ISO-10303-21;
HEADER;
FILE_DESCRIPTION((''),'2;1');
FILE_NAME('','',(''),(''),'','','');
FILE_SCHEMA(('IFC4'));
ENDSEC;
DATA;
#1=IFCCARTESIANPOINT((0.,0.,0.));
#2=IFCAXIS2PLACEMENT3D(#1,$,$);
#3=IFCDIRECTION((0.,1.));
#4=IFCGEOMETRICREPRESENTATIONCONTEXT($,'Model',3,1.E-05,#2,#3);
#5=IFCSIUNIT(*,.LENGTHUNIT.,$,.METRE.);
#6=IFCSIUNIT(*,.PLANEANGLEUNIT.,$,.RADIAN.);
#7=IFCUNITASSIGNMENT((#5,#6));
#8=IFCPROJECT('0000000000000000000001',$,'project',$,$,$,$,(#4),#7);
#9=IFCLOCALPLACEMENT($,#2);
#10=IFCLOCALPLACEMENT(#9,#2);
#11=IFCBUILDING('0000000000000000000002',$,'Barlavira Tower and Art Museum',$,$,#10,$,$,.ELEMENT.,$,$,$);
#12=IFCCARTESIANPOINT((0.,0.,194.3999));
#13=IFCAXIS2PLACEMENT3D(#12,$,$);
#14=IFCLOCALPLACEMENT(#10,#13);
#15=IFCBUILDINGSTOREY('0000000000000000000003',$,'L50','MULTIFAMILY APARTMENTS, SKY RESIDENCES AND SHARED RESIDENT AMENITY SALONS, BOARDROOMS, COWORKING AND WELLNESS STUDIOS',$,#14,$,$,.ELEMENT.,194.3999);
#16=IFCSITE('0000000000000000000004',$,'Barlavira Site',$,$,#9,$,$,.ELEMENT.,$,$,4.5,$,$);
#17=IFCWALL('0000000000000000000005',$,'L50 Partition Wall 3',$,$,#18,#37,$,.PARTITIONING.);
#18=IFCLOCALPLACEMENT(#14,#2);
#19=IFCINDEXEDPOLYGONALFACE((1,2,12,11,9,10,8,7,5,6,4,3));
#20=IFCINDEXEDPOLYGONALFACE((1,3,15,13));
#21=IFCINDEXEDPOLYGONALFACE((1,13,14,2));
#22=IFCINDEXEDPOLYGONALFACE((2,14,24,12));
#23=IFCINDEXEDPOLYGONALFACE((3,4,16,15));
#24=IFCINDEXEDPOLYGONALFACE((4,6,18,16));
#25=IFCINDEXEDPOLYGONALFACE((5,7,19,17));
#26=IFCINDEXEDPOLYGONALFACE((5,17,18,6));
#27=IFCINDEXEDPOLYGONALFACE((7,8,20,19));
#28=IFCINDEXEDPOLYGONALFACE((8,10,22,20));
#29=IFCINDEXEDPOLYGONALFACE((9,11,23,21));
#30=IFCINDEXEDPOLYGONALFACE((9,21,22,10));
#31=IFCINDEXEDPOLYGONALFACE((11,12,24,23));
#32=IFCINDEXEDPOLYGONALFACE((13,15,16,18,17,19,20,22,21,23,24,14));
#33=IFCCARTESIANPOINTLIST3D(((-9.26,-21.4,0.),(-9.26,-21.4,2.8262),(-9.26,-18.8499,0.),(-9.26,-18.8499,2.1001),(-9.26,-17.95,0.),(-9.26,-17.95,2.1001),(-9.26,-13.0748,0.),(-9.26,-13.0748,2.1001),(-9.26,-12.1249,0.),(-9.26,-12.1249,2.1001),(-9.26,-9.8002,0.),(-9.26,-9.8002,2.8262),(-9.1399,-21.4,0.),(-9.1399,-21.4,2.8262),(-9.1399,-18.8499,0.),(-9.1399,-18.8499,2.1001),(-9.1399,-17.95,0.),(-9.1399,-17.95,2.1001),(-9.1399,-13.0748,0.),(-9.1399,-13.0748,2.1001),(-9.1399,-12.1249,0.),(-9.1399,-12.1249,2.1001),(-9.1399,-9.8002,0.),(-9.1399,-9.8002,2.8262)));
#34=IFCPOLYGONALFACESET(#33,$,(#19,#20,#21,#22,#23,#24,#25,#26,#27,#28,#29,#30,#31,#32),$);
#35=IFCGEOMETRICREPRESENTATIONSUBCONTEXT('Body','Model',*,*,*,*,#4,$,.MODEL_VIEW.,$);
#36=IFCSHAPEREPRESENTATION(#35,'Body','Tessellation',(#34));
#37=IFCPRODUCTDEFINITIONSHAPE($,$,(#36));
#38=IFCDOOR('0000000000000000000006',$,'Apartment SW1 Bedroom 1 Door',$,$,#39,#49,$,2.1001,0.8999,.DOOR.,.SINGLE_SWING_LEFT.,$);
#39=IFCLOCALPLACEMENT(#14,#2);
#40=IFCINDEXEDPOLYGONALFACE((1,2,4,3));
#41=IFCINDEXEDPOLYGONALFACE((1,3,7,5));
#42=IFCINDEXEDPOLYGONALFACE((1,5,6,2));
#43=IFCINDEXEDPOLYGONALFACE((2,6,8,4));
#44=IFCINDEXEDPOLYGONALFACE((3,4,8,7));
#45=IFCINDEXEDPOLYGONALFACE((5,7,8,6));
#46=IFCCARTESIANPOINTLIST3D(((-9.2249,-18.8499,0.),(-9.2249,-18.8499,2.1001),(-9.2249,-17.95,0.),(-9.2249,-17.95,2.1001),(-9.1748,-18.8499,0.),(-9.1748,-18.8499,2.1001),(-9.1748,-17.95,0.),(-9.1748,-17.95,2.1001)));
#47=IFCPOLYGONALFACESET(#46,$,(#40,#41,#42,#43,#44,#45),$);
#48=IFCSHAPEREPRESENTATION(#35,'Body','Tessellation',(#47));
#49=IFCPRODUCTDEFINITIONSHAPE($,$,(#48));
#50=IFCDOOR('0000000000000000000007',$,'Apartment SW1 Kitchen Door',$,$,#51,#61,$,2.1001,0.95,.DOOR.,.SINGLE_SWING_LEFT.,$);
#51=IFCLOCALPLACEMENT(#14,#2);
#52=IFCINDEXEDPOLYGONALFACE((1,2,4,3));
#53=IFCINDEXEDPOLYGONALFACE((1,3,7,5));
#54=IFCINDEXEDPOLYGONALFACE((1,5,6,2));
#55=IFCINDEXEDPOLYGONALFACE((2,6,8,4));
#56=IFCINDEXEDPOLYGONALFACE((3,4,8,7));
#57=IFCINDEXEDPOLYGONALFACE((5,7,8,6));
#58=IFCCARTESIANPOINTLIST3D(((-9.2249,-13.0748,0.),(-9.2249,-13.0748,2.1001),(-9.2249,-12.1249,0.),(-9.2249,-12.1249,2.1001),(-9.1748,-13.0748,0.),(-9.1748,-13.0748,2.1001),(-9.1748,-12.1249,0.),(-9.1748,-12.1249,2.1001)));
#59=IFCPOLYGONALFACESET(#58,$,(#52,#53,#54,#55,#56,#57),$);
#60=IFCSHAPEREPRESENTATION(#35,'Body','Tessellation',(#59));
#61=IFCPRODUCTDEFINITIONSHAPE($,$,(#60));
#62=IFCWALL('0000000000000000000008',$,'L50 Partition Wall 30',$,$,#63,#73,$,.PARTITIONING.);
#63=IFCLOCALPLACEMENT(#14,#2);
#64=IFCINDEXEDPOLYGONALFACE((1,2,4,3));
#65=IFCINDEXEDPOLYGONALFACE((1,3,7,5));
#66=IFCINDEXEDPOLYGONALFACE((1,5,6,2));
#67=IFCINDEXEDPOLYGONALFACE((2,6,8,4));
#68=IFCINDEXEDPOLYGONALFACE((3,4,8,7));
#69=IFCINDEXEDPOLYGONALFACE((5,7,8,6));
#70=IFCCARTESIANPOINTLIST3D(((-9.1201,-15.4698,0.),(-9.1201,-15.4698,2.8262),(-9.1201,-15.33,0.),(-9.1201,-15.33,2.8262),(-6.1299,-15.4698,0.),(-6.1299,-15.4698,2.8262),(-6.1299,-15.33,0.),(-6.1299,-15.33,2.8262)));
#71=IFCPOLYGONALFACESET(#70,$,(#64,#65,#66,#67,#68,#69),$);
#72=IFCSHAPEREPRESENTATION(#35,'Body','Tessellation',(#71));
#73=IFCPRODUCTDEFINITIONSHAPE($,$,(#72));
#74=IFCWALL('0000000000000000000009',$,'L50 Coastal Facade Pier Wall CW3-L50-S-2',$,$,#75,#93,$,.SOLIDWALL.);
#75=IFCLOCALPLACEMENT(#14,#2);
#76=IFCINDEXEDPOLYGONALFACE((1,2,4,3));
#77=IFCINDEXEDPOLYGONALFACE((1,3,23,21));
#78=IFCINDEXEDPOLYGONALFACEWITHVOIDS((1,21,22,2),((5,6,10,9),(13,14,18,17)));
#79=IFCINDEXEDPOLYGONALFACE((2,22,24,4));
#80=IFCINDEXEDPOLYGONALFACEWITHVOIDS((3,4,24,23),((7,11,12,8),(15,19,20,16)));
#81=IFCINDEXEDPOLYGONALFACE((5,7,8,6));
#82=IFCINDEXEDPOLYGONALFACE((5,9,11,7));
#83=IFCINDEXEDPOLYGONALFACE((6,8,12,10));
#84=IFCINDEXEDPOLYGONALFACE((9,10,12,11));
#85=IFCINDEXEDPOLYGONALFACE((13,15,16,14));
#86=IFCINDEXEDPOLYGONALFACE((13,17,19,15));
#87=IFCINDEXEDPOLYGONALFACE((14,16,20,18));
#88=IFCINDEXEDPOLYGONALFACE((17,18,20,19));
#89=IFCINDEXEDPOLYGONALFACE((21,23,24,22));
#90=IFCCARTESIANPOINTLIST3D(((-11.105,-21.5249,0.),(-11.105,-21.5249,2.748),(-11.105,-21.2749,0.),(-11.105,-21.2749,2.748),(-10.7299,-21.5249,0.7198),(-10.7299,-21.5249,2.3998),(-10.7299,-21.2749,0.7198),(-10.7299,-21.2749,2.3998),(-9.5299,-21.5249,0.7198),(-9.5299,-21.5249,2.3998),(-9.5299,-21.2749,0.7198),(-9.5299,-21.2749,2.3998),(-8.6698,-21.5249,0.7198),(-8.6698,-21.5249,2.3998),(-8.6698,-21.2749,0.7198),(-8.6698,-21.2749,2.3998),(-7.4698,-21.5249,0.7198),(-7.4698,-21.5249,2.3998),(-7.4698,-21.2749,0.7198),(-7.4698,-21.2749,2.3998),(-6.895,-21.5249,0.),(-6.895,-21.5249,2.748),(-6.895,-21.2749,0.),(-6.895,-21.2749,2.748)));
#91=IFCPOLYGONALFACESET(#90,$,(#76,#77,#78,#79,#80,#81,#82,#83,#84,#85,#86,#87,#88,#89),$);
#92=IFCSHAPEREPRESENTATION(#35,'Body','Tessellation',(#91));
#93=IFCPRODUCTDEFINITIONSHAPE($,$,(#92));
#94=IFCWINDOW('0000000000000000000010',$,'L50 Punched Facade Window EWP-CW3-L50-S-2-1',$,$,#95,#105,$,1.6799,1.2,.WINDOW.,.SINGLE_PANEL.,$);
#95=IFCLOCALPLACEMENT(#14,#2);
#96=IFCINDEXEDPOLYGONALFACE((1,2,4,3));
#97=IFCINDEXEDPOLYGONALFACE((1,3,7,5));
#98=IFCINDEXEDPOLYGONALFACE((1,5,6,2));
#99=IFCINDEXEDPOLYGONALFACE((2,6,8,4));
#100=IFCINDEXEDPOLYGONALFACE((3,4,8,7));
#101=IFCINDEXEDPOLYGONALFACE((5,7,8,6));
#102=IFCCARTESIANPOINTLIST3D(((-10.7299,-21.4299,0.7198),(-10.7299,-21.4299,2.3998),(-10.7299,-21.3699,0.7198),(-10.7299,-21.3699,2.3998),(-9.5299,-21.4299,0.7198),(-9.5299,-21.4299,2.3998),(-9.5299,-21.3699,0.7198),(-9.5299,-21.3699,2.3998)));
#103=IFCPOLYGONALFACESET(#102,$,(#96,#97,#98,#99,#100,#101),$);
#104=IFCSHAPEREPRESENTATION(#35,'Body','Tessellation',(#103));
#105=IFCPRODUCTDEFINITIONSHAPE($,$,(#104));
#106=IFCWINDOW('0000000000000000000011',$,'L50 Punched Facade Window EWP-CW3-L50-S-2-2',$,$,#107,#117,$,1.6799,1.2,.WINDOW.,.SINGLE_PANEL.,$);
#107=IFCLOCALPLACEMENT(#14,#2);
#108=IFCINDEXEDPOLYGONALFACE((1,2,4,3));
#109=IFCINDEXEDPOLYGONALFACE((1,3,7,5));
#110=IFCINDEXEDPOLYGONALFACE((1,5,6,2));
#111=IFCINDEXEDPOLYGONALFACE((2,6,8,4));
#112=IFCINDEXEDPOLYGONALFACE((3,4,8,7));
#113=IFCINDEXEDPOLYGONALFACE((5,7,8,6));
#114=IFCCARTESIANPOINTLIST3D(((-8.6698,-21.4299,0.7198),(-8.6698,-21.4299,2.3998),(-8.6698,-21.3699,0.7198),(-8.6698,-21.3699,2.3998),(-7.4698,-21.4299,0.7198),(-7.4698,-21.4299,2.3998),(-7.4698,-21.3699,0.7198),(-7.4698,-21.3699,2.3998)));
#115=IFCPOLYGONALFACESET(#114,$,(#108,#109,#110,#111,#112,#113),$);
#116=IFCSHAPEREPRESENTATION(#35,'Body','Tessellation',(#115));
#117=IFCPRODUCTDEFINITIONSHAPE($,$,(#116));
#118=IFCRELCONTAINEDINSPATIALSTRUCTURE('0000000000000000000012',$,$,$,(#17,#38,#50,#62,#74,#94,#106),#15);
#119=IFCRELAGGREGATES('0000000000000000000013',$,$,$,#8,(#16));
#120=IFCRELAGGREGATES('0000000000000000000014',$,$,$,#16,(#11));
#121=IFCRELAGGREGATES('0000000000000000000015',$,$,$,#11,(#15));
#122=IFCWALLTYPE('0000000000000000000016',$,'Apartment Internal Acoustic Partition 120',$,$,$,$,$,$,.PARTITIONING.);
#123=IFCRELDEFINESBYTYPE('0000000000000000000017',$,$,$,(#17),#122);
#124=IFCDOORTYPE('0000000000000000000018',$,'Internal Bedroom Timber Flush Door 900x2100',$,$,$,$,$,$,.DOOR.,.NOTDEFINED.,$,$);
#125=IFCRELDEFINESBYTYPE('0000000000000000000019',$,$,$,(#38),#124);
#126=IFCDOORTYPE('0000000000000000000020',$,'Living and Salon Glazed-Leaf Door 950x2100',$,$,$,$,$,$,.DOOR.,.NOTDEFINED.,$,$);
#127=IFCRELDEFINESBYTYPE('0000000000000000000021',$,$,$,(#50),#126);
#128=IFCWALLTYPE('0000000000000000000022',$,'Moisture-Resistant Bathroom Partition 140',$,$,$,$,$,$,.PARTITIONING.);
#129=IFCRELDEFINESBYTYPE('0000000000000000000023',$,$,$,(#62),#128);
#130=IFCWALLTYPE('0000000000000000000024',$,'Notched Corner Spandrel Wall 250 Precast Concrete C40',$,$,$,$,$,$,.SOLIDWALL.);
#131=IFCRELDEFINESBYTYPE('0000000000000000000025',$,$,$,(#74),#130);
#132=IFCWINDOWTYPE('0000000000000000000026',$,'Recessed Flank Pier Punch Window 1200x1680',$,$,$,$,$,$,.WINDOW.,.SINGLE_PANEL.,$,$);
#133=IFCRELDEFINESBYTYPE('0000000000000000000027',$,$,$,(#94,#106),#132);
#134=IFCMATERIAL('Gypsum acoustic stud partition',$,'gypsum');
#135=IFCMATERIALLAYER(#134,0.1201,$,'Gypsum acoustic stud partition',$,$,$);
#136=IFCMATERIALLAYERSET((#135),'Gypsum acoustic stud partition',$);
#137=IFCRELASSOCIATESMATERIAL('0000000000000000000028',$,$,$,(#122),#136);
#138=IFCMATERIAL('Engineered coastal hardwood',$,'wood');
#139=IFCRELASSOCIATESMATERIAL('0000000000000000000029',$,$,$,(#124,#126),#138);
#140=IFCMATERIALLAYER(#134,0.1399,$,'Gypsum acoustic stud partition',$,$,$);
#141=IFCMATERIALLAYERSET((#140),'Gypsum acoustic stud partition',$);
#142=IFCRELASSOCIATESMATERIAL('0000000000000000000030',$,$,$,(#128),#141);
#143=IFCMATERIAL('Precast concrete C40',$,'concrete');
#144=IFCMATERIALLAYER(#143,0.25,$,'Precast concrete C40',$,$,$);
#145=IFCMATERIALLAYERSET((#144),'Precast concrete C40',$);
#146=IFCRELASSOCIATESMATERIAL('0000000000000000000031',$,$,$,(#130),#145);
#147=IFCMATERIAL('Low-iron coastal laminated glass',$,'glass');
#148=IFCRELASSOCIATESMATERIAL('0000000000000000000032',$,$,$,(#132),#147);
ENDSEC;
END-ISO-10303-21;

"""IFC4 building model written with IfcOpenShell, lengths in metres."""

from ifc_helpers import new_model, si_unit, direction, frame, frame_2d, origin, place, context, subcontext, project, spatial, rectangle, extrude, material, layer, layer_set, type_object, element, fill, save


model = new_model("IFC4")

# Units and contexts
model_context = context("Model", 3, precision=1e-05, world=origin(), true_north=direction((0.0, 1.0)))
body_context = subcontext(model_context, "Body", "Model", "MODEL_VIEW")
ifc_project = project(units=[si_unit("LENGTHUNIT", "METRE"), si_unit("PLANEANGLEUNIT", "RADIAN")], contexts=[model_context])

# Site, building, storey
site_placement = place(None, origin())
site = spatial("IfcSite", under=ifc_project, at=site_placement, Name="Barlavira Site", CompositionType="ELEMENT", RefElevation=4.5)
building_placement = place(site_placement, origin())
building = spatial("IfcBuilding", under=site, at=building_placement, Name="Barlavira Tower and Art Museum", CompositionType="ELEMENT")
storey_placement = place(building_placement, frame((0.0, 0.0, 194.3999)))
storey = spatial("IfcBuildingStorey", under=building, at=storey_placement, Name="L50", Description="MULTIFAMILY APARTMENTS, SKY RESIDENCES AND SHARED RESIDENT AMENITY SALONS, BOARDROOMS, COWORKING AND WELLNESS STUDIOS", CompositionType="ELEMENT", Elevation=194.3999)

# Wall, openings, doors
ifc_material_1 = material(Name="Gypsum acoustic stud partition", Category="gypsum")
ifc_layer_1 = layer(ifc_material_1, 0.1201, Name="Gypsum acoustic stud partition")
ifc_layer_set_1 = layer_set([ifc_layer_1], Name="Gypsum acoustic stud partition")
wall_type_1 = type_object("IfcWallType", Name="Apartment Internal Acoustic Partition 120", PredefinedType="PARTITIONING", material=ifc_layer_set_1)
wall_1_placement = place(storey_placement, frame((-9.2, -21.3999, 0.0), z_axis=(0.0, 0.0, 1.0), x_axis=(0.0, 1.0, 0.0)))
wall_1 = element("IfcWall", 1, at=wall_1_placement, inside=storey, type_object=wall_type_1, Name="L50 Partition Wall 3", PredefinedType="PARTITIONING", context=body_context, shape_type="SweptSolid", body=[
    extrude(rectangle(XDim=11.5999, YDim=0.1201, at=frame_2d((5.7998, 0.0))), origin(), (0.0, 0.0, 1.0), 2.8262),
])
opening_1_placement = place(wall_1_placement, frame((8.325, 0.0, 0.0)))
opening_1 = element("IfcOpeningElement", 2, at=opening_1_placement, cuts=wall_1, PredefinedType="OPENING", context=body_context, shape_type="SweptSolid", body=[
    extrude(rectangle(XDim=0.95, YDim=2.1001, at=frame_2d((0.4751, 1.05))), frame((0.0, 0.0701, 0.0), z_axis=(0.0, -1.0, 0.0), x_axis=(1.0, 0.0, 0.0)), (0.0, 0.0, 1.0), 0.1401),
])
opening_2_placement = place(wall_1_placement, frame((2.55, 0.0, 0.0)))
opening_2 = element("IfcOpeningElement", 3, at=opening_2_placement, cuts=wall_1, PredefinedType="OPENING", context=body_context, shape_type="SweptSolid", body=[
    extrude(rectangle(XDim=0.8999, YDim=2.1001, at=frame_2d((0.45, 1.05))), frame((0.0, 0.0701, 0.0), z_axis=(0.0, -1.0, 0.0), x_axis=(1.0, 0.0, 0.0)), (0.0, 0.0, 1.0), 0.1401),
])
ifc_material_2 = material(Name="Engineered coastal hardwood", Category="wood")
door_type_1 = type_object("IfcDoorType", Name="Internal Bedroom Timber Flush Door 900x2100", OperationType="NOTDEFINED", PredefinedType="DOOR", material=ifc_material_2)
door_1_placement = place(opening_2_placement, origin())
door_1 = element("IfcDoor", 4, at=door_1_placement, inside=storey, type_object=door_type_1, Name="Apartment SW1 Bedroom 1 Door", OperationType="SINGLE_SWING_LEFT", OverallHeight=2.1001, OverallWidth=0.8999, PredefinedType="DOOR", context=body_context, shape_type="SweptSolid", body=[
    extrude(rectangle(XDim=0.8999, YDim=2.1001, at=frame_2d((0.45, 1.05))), frame((0.0, 0.0249, 0.0), z_axis=(0.0, -1.0, 0.0), x_axis=(1.0, 0.0, 0.0)), (0.0, 0.0, 1.0), 0.05),
])
fill(opening_2, door_1)
door_type_2 = type_object("IfcDoorType", Name="Living and Salon Glazed-Leaf Door 950x2100", OperationType="NOTDEFINED", PredefinedType="DOOR", material=ifc_material_2)
door_2_placement = place(opening_1_placement, origin())
door_2 = element("IfcDoor", 5, at=door_2_placement, inside=storey, type_object=door_type_2, Name="Apartment SW1 Kitchen Door", OperationType="SINGLE_SWING_LEFT", OverallHeight=2.1001, OverallWidth=0.95, PredefinedType="DOOR", context=body_context, shape_type="SweptSolid", body=[
    extrude(rectangle(XDim=0.95, YDim=2.1001, at=frame_2d((0.4751, 1.05))), frame((0.0, 0.0249, 0.0), z_axis=(0.0, -1.0, 0.0), x_axis=(1.0, 0.0, 0.0)), (0.0, 0.0, 1.0), 0.05),
])
fill(opening_1, door_2)

# Wall
ifc_layer_2 = layer(ifc_material_1, 0.1399, Name="Gypsum acoustic stud partition")
ifc_layer_set_2 = layer_set([ifc_layer_2], Name="Gypsum acoustic stud partition")
wall_type_2 = type_object("IfcWallType", Name="Moisture-Resistant Bathroom Partition 140", PredefinedType="PARTITIONING", material=ifc_layer_set_2)
wall_2_placement = place(storey_placement, frame((-9.1201, -15.3999, 0.0), z_axis=(0.0, 0.0, 1.0), x_axis=(1.0, 0.0, 0.0)))
element("IfcWall", 6, at=wall_2_placement, inside=storey, type_object=wall_type_2, Name="L50 Partition Wall 30", PredefinedType="PARTITIONING", context=body_context, shape_type="SweptSolid", body=[
    extrude(rectangle(XDim=2.9902, YDim=0.1399, at=frame_2d((1.4951, 0.0))), origin(), (0.0, 0.0, 1.0), 2.8262),
])

# Wall, openings, windows
ifc_material_3 = material(Name="Precast concrete C40", Category="concrete")
ifc_layer_3 = layer(ifc_material_3, 0.25, Name="Precast concrete C40")
ifc_layer_set_3 = layer_set([ifc_layer_3], Name="Precast concrete C40")
wall_type_3 = type_object("IfcWallType", Name="Notched Corner Spandrel Wall 250 Precast Concrete C40", PredefinedType="SOLIDWALL", material=ifc_layer_set_3)
wall_3_placement = place(storey_placement, frame((-11.105, -21.3999, 0.0), z_axis=(0.0, 0.0, 1.0), x_axis=(1.0, 0.0, 0.0)))
wall_3 = element("IfcWall", 7, at=wall_3_placement, inside=storey, type_object=wall_type_3, Name="L50 Coastal Facade Pier Wall CW3-L50-S-2", PredefinedType="SOLIDWALL", context=body_context, shape_type="SweptSolid", body=[
    extrude(rectangle(XDim=4.21, YDim=0.25, at=frame_2d((2.105, 0.0))), origin(), (0.0, 0.0, 1.0), 2.748),
])
opening_3_placement = place(wall_3_placement, frame((0.375, 0.0, 0.72)))
opening_3 = element("IfcOpeningElement", 8, at=opening_3_placement, cuts=wall_3, PredefinedType="OPENING", context=body_context, shape_type="SweptSolid", body=[
    extrude(rectangle(XDim=1.2, YDim=1.6799, at=frame_2d((0.6001, 0.8398))), frame((0.0, 0.135, 0.0), z_axis=(0.0, -1.0, 0.0), x_axis=(1.0, 0.0, 0.0)), (0.0, 0.0, 1.0), 0.27),
])
opening_4_placement = place(wall_3_placement, frame((2.4351, 0.0, 0.72)))
opening_4 = element("IfcOpeningElement", 9, at=opening_4_placement, cuts=wall_3, PredefinedType="OPENING", context=body_context, shape_type="SweptSolid", body=[
    extrude(rectangle(XDim=1.2, YDim=1.6799, at=frame_2d((0.6001, 0.8398))), frame((0.0, 0.135, 0.0), z_axis=(0.0, -1.0, 0.0), x_axis=(1.0, 0.0, 0.0)), (0.0, 0.0, 1.0), 0.27),
])
ifc_material_4 = material(Name="Low-iron coastal laminated glass", Category="glass")
window_type = type_object("IfcWindowType", Name="Recessed Flank Pier Punch Window 1200x1680", PartitioningType="SINGLE_PANEL", PredefinedType="WINDOW", material=ifc_material_4)
window_1_placement = place(opening_3_placement, origin())
window_1 = element("IfcWindow", 10, at=window_1_placement, inside=storey, type_object=window_type, Name="L50 Punched Facade Window EWP-CW3-L50-S-2-1", OverallHeight=1.6799, OverallWidth=1.2, PartitioningType="SINGLE_PANEL", PredefinedType="WINDOW", context=body_context, shape_type="SweptSolid", body=[
    extrude(rectangle(XDim=1.2, YDim=1.6799, at=frame_2d((0.6001, 0.8398))), frame((0.0, 0.03, 0.0), z_axis=(0.0, -1.0, 0.0), x_axis=(1.0, 0.0, 0.0)), (0.0, 0.0, 1.0), 0.0601),
])
fill(opening_3, window_1)
window_2_placement = place(opening_4_placement, origin())
window_2 = element("IfcWindow", 11, at=window_2_placement, inside=storey, type_object=window_type, Name="L50 Punched Facade Window EWP-CW3-L50-S-2-2", OverallHeight=1.6799, OverallWidth=1.2, PartitioningType="SINGLE_PANEL", PredefinedType="WINDOW", context=body_context, shape_type="SweptSolid", body=[
    extrude(rectangle(XDim=1.2, YDim=1.6799, at=frame_2d((0.6001, 0.8398))), frame((0.0, 0.03, 0.0), z_axis=(0.0, -1.0, 0.0), x_axis=(1.0, 0.0, 0.0)), (0.0, 0.0, 1.0), 0.0601),
])
fill(opening_4, window_2)

save(model, "model.ifc")
